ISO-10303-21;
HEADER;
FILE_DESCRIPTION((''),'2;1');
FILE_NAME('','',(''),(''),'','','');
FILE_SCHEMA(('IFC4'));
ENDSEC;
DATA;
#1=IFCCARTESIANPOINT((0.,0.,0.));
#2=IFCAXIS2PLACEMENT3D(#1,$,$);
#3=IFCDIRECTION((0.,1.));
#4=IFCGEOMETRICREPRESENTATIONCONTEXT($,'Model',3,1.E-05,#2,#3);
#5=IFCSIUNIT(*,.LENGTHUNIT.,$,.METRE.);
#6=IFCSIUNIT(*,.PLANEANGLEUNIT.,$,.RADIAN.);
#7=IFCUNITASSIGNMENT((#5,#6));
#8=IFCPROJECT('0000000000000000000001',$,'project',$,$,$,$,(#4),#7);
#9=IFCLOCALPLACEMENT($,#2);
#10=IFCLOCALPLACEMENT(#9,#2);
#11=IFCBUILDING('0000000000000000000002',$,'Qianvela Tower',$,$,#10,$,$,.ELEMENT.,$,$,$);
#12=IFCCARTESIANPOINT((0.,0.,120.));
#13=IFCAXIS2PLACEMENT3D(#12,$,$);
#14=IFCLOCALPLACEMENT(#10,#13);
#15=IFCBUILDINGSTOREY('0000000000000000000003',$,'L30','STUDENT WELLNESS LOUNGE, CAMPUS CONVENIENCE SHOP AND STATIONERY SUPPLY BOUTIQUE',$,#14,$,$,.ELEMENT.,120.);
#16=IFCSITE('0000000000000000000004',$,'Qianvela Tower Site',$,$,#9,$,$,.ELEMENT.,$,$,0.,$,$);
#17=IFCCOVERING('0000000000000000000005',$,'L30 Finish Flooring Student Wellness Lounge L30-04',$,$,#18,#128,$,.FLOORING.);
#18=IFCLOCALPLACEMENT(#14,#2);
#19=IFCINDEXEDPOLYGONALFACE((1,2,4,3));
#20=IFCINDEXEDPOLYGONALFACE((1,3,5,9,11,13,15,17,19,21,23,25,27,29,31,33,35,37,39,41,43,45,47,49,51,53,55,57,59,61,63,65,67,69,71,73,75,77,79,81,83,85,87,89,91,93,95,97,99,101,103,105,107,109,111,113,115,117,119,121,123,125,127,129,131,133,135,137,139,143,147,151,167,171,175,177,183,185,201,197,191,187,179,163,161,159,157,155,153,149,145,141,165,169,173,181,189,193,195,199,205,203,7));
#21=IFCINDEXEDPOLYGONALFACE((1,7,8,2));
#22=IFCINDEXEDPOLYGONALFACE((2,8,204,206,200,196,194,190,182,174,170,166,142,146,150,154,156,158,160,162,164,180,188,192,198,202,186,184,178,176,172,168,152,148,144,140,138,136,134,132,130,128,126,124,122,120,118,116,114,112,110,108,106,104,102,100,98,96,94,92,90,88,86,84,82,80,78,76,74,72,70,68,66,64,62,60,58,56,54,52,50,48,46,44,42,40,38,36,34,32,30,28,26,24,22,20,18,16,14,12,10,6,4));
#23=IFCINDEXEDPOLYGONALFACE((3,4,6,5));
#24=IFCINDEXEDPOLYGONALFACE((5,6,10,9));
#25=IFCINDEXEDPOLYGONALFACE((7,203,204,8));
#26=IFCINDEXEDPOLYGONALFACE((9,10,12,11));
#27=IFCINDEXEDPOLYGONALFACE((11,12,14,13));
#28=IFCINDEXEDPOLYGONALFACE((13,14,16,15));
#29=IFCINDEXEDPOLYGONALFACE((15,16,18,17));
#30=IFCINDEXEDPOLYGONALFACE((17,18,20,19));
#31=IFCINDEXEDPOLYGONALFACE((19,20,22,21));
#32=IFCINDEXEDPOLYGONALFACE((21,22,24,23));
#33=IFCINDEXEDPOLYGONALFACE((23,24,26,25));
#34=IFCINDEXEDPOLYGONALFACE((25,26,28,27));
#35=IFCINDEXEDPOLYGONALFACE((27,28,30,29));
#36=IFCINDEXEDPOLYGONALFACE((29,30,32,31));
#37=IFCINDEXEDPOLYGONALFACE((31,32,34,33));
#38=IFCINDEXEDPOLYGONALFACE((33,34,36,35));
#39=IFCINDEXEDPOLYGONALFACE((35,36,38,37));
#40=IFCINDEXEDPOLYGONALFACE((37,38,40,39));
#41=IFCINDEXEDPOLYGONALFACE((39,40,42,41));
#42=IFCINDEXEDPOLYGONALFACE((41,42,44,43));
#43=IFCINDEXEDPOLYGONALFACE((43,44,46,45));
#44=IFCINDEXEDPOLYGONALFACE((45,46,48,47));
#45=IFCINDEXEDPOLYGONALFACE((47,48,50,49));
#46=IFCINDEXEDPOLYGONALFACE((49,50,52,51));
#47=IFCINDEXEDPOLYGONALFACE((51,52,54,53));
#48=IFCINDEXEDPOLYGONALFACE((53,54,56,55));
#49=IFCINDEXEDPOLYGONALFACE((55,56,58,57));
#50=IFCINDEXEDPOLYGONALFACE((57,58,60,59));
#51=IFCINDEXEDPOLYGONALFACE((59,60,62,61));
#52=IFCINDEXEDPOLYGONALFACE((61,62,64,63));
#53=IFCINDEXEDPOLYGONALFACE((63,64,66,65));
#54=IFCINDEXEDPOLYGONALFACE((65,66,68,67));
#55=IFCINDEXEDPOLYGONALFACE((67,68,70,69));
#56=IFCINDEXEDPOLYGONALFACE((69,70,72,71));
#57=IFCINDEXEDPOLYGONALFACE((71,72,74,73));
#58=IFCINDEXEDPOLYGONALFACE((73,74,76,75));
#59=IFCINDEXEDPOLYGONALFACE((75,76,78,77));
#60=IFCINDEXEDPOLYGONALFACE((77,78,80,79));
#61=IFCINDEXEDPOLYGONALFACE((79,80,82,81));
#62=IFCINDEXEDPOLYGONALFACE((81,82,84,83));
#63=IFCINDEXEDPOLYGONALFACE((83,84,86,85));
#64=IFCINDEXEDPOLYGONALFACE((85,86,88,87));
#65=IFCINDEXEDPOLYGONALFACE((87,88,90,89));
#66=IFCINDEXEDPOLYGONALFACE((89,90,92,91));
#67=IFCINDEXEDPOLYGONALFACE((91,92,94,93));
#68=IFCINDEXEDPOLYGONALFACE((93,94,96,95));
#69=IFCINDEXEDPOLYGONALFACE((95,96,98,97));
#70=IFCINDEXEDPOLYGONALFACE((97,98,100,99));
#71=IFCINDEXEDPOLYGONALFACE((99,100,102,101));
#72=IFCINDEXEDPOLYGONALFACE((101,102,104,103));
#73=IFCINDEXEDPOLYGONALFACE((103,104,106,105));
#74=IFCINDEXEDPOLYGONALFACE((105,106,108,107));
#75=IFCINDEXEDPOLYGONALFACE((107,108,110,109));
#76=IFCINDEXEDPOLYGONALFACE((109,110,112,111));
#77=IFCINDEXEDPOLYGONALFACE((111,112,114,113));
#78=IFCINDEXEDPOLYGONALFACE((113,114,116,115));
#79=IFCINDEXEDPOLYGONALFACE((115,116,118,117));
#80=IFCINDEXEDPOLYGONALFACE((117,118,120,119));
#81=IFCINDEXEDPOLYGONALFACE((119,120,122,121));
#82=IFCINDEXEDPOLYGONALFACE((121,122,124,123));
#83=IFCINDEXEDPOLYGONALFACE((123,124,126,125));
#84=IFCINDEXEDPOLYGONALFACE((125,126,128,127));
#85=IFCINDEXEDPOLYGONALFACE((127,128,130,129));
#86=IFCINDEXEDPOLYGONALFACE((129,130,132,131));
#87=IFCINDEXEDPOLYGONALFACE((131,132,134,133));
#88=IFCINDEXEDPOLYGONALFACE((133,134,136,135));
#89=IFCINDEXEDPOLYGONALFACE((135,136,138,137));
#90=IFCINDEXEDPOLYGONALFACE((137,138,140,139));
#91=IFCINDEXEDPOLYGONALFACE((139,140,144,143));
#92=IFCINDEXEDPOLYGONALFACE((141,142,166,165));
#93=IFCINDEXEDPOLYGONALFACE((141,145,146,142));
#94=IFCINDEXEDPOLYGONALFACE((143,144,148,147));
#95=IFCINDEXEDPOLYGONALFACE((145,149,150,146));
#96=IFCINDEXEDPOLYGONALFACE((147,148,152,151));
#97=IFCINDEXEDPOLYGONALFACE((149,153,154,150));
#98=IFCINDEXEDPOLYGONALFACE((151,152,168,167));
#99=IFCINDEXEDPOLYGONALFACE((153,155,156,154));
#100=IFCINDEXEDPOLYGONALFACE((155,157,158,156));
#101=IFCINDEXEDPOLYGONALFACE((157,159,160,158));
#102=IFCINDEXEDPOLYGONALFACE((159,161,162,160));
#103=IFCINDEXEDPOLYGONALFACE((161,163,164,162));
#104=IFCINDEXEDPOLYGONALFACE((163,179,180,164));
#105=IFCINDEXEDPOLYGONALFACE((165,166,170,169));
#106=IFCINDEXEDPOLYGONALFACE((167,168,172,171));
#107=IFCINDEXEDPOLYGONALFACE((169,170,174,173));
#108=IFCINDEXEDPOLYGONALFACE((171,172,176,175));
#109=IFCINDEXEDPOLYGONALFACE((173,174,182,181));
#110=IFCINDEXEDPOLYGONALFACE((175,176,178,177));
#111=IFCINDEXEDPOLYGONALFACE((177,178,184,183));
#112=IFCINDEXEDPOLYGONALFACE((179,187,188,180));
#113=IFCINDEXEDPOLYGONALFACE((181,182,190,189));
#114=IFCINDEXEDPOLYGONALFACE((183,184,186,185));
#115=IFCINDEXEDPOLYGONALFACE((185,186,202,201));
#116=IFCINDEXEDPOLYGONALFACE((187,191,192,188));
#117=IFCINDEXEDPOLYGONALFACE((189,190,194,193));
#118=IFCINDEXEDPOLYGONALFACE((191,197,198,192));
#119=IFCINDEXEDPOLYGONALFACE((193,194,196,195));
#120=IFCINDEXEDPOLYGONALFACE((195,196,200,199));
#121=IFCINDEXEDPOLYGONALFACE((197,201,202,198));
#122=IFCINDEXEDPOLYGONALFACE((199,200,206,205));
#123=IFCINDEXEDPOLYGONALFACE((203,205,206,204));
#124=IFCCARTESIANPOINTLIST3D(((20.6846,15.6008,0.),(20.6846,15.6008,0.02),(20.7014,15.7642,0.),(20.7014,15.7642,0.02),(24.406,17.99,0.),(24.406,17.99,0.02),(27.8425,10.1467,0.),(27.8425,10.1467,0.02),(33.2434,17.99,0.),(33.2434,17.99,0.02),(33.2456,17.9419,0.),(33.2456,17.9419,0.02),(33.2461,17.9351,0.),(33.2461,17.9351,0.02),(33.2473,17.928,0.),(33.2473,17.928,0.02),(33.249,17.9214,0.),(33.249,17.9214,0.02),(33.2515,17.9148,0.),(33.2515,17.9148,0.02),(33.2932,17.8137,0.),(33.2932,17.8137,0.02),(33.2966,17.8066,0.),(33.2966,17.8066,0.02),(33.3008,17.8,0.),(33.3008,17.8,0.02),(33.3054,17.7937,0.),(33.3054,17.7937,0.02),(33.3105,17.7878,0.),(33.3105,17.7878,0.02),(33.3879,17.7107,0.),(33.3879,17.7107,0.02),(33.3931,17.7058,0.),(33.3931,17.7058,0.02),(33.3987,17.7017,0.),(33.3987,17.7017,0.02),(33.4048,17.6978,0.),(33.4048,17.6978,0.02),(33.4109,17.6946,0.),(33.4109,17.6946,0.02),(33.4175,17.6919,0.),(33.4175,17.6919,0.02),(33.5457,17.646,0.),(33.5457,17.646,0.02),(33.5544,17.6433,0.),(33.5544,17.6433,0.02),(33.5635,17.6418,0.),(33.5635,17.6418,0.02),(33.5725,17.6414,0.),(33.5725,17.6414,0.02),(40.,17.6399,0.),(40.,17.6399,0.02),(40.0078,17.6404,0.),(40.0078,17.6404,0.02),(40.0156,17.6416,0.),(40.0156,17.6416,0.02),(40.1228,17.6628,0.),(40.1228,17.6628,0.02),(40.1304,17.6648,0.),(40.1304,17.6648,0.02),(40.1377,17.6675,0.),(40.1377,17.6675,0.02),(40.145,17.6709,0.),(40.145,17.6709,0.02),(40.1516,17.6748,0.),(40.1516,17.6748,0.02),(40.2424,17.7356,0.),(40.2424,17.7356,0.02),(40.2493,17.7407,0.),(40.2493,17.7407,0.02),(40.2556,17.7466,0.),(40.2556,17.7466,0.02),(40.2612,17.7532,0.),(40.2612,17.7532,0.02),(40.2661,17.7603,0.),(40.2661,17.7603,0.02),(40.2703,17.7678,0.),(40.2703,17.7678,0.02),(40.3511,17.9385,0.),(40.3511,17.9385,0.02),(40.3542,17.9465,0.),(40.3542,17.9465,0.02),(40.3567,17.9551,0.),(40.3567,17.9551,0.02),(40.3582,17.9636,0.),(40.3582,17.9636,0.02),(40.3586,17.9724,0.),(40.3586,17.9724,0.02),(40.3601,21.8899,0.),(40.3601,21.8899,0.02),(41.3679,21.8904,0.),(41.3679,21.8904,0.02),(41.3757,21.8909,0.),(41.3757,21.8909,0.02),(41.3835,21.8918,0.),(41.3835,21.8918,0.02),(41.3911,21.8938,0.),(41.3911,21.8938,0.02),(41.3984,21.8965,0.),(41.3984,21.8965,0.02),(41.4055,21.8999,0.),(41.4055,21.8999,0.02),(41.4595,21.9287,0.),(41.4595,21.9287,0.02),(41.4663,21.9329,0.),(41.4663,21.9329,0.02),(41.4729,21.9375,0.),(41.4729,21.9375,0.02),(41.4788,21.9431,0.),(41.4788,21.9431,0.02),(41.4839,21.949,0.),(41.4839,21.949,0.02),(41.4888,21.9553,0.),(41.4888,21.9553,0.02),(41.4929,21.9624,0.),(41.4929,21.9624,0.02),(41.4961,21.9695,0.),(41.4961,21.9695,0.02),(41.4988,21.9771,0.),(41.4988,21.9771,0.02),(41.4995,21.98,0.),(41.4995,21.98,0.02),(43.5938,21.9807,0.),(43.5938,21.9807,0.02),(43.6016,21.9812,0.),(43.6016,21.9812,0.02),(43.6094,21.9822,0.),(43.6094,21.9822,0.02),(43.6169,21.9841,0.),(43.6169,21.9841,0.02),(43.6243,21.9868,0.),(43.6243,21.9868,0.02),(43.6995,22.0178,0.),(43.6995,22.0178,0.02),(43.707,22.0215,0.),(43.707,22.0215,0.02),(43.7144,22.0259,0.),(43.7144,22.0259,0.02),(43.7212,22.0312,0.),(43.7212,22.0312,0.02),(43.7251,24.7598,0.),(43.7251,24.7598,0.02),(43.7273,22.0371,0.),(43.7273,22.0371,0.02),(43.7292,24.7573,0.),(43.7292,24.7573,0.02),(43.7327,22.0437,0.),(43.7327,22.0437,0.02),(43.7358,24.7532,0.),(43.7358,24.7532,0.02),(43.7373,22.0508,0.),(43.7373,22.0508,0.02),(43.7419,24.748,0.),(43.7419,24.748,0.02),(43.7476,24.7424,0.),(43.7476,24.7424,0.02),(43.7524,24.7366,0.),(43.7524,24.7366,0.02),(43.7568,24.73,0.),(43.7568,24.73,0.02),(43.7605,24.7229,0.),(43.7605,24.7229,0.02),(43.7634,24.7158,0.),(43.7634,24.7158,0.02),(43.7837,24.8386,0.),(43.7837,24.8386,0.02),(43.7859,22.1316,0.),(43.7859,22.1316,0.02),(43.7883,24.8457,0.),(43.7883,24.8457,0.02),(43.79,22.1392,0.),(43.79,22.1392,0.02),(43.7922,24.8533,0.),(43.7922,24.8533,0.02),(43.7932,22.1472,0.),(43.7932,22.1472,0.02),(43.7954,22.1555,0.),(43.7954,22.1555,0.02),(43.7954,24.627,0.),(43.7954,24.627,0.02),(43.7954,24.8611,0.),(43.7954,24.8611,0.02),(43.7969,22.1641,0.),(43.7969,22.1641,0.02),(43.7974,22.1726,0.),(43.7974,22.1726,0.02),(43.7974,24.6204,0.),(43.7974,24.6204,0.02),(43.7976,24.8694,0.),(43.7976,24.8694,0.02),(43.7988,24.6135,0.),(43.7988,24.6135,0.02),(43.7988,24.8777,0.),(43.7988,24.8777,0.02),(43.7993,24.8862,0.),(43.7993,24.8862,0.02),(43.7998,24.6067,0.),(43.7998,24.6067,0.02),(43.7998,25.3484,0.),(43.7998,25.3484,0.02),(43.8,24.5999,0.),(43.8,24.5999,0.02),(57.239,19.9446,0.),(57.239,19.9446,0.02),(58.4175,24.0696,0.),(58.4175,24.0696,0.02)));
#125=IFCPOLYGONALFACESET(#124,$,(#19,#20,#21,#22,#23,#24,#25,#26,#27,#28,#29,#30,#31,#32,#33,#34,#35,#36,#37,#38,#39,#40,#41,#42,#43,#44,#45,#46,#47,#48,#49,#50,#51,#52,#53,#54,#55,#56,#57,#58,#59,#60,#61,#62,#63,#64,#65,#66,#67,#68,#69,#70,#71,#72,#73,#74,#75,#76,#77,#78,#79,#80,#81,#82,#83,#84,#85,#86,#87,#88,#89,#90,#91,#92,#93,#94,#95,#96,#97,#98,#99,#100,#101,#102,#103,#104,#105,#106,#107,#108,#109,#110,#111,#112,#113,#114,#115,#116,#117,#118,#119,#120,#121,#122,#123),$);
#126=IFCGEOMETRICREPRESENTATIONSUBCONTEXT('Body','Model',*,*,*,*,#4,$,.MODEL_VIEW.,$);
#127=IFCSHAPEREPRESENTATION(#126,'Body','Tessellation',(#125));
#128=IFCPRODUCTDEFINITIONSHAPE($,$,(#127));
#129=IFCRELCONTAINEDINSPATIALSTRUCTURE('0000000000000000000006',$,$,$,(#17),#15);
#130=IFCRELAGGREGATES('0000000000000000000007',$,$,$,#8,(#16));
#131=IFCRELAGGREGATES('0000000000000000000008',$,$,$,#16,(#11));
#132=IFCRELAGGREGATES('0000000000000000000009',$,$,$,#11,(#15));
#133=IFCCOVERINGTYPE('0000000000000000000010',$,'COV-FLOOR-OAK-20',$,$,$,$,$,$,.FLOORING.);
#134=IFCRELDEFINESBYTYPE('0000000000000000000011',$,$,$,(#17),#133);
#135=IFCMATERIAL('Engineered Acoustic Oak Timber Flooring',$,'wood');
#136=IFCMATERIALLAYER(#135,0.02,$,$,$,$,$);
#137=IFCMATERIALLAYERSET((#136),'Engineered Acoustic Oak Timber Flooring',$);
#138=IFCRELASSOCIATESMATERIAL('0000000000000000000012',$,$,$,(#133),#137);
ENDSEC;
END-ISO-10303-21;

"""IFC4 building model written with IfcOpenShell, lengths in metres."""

from ifc_helpers import new_model, si_unit, direction, frame, origin, place, context, subcontext, project, spatial, polyline, outline, extrude, material, layer, layer_set, type_object, element, save


model = new_model("IFC4")

# Units and contexts
model_context = context("Model", 3, precision=1e-05, world=origin(), true_north=direction((0.0, 1.0)))
body_context = subcontext(model_context, "Body", "Model", "MODEL_VIEW")
ifc_project = project(units=[si_unit("LENGTHUNIT", "METRE"), si_unit("PLANEANGLEUNIT", "RADIAN")], contexts=[model_context])

# Site, building, storey
site_placement = place(None, origin())
site = spatial("IfcSite", under=ifc_project, at=site_placement, Name="Qianvela Tower Site", CompositionType="ELEMENT", RefElevation=0.0)
building_placement = place(site_placement, origin())
building = spatial("IfcBuilding", under=site, at=building_placement, Name="Qianvela Tower", CompositionType="ELEMENT")
storey_placement = place(building_placement, frame((0.0, 0.0, 120.0)))
storey = spatial("IfcBuildingStorey", under=building, at=storey_placement, Name="L30", Description="STUDENT WELLNESS LOUNGE, CAMPUS CONVENIENCE SHOP AND STATIONERY SUPPLY BOUTIQUE", CompositionType="ELEMENT", Elevation=120.0)

# Covering
ifc_material_1 = material(Name="Engineered Acoustic Oak Timber Flooring", Category="wood")
ifc_layer_1 = layer(ifc_material_1, 0.02)
ifc_layer_set_1 = layer_set([ifc_layer_1], Name="Engineered Acoustic Oak Timber Flooring")
covering_type_1 = type_object("IfcCoveringType", Name="COV-FLOOR-OAK-20", PredefinedType="FLOORING", material=ifc_layer_set_1)
covering_1_placement = place(storey_placement, origin())
element("IfcCovering", 1, at=covering_1_placement, inside=storey, type_object=covering_type_1, Name="L30 Finish Flooring Student Wellness Lounge L30-04", PredefinedType="FLOORING", context=body_context, shape_type="SweptSolid", body=[
    extrude(outline(polyline([(40.1228, 17.6628), (40.1304, 17.6648), (40.1377, 17.6675), (40.145, 17.6709), (40.1516, 17.6748), (40.2424, 17.7356), (40.2493, 17.7407), (40.2556, 17.7466), (40.2612, 17.7532), (40.2661, 17.7603), (40.2703, 17.7678), (40.3511, 17.9385), (40.3542, 17.9465), (40.3567, 17.9551), (40.3582, 17.9636), (40.3586, 17.9724), (40.3601, 21.8899), (41.3679, 21.8904), (41.3757, 21.8909), (41.3835, 21.8918), (41.3911, 21.8938), (41.3984, 21.8965), (41.4055, 21.8999), (41.4595, 21.9287), (41.4663, 21.9329), (41.4729, 21.9375), (41.4788, 21.9431), (41.4839, 21.949), (41.4888, 21.9553), (41.4929, 21.9624), (41.4961, 21.9695), (41.4988, 21.9771), (41.4995, 21.98), (43.5938, 21.9807), (43.6016, 21.9812), (43.6094, 21.9822), (43.6169, 21.9841), (43.6243, 21.9868), (43.6995, 22.0178), (43.707, 22.0215), (43.7144, 22.0259), (43.7212, 22.0312), (43.7273, 22.0371), (43.7327, 22.0437), (43.7373, 22.0508), (43.7859, 22.1316), (43.79, 22.1392), (43.7932, 22.1472), (43.7954, 22.1555), (43.7969, 22.1641), (43.7974, 22.1726), (43.8, 24.5999), (43.7998, 24.6067), (43.7988, 24.6135), (43.7974, 24.6204), (43.7954, 24.627), (43.7634, 24.7158), (43.7605, 24.7229), (43.7568, 24.73), (43.7524, 24.7366), (43.7476, 24.7424), (43.7419, 24.748), (43.7358, 24.7532), (43.7292, 24.7573), (43.7251, 24.7598), (43.7837, 24.8386), (43.7883, 24.8457), (43.7922, 24.8533), (43.7954, 24.8611), (43.7976, 24.8694), (43.7988, 24.8777), (43.7993, 24.8862), (43.7998, 25.3484), (58.4175, 24.0696), (57.239, 19.9446), (27.8425, 10.1467), (20.6846, 15.6008), (20.7014, 15.7642), (24.406, 17.99), (33.2434, 17.99), (33.2456, 17.9419), (33.2461, 17.9351), (33.2473, 17.928), (33.249, 17.9214), (33.2515, 17.9148), (33.2932, 17.8137), (33.2966, 17.8066), (33.3008, 17.8), (33.3054, 17.7937), (33.3105, 17.7878), (33.3879, 17.7107), (33.3931, 17.7058), (33.3987, 17.7017), (33.4048, 17.6978), (33.4109, 17.6946), (33.4175, 17.6919), (33.5457, 17.646), (33.5544, 17.6433), (33.5635, 17.6418), (33.5725, 17.6414), (40.0, 17.6399), (40.0078, 17.6404), (40.0156, 17.6416), (40.1228, 17.6628)])), origin(), (0.0, 0.0, 1.0), 0.02),
])

save(model, "model.ifc")
